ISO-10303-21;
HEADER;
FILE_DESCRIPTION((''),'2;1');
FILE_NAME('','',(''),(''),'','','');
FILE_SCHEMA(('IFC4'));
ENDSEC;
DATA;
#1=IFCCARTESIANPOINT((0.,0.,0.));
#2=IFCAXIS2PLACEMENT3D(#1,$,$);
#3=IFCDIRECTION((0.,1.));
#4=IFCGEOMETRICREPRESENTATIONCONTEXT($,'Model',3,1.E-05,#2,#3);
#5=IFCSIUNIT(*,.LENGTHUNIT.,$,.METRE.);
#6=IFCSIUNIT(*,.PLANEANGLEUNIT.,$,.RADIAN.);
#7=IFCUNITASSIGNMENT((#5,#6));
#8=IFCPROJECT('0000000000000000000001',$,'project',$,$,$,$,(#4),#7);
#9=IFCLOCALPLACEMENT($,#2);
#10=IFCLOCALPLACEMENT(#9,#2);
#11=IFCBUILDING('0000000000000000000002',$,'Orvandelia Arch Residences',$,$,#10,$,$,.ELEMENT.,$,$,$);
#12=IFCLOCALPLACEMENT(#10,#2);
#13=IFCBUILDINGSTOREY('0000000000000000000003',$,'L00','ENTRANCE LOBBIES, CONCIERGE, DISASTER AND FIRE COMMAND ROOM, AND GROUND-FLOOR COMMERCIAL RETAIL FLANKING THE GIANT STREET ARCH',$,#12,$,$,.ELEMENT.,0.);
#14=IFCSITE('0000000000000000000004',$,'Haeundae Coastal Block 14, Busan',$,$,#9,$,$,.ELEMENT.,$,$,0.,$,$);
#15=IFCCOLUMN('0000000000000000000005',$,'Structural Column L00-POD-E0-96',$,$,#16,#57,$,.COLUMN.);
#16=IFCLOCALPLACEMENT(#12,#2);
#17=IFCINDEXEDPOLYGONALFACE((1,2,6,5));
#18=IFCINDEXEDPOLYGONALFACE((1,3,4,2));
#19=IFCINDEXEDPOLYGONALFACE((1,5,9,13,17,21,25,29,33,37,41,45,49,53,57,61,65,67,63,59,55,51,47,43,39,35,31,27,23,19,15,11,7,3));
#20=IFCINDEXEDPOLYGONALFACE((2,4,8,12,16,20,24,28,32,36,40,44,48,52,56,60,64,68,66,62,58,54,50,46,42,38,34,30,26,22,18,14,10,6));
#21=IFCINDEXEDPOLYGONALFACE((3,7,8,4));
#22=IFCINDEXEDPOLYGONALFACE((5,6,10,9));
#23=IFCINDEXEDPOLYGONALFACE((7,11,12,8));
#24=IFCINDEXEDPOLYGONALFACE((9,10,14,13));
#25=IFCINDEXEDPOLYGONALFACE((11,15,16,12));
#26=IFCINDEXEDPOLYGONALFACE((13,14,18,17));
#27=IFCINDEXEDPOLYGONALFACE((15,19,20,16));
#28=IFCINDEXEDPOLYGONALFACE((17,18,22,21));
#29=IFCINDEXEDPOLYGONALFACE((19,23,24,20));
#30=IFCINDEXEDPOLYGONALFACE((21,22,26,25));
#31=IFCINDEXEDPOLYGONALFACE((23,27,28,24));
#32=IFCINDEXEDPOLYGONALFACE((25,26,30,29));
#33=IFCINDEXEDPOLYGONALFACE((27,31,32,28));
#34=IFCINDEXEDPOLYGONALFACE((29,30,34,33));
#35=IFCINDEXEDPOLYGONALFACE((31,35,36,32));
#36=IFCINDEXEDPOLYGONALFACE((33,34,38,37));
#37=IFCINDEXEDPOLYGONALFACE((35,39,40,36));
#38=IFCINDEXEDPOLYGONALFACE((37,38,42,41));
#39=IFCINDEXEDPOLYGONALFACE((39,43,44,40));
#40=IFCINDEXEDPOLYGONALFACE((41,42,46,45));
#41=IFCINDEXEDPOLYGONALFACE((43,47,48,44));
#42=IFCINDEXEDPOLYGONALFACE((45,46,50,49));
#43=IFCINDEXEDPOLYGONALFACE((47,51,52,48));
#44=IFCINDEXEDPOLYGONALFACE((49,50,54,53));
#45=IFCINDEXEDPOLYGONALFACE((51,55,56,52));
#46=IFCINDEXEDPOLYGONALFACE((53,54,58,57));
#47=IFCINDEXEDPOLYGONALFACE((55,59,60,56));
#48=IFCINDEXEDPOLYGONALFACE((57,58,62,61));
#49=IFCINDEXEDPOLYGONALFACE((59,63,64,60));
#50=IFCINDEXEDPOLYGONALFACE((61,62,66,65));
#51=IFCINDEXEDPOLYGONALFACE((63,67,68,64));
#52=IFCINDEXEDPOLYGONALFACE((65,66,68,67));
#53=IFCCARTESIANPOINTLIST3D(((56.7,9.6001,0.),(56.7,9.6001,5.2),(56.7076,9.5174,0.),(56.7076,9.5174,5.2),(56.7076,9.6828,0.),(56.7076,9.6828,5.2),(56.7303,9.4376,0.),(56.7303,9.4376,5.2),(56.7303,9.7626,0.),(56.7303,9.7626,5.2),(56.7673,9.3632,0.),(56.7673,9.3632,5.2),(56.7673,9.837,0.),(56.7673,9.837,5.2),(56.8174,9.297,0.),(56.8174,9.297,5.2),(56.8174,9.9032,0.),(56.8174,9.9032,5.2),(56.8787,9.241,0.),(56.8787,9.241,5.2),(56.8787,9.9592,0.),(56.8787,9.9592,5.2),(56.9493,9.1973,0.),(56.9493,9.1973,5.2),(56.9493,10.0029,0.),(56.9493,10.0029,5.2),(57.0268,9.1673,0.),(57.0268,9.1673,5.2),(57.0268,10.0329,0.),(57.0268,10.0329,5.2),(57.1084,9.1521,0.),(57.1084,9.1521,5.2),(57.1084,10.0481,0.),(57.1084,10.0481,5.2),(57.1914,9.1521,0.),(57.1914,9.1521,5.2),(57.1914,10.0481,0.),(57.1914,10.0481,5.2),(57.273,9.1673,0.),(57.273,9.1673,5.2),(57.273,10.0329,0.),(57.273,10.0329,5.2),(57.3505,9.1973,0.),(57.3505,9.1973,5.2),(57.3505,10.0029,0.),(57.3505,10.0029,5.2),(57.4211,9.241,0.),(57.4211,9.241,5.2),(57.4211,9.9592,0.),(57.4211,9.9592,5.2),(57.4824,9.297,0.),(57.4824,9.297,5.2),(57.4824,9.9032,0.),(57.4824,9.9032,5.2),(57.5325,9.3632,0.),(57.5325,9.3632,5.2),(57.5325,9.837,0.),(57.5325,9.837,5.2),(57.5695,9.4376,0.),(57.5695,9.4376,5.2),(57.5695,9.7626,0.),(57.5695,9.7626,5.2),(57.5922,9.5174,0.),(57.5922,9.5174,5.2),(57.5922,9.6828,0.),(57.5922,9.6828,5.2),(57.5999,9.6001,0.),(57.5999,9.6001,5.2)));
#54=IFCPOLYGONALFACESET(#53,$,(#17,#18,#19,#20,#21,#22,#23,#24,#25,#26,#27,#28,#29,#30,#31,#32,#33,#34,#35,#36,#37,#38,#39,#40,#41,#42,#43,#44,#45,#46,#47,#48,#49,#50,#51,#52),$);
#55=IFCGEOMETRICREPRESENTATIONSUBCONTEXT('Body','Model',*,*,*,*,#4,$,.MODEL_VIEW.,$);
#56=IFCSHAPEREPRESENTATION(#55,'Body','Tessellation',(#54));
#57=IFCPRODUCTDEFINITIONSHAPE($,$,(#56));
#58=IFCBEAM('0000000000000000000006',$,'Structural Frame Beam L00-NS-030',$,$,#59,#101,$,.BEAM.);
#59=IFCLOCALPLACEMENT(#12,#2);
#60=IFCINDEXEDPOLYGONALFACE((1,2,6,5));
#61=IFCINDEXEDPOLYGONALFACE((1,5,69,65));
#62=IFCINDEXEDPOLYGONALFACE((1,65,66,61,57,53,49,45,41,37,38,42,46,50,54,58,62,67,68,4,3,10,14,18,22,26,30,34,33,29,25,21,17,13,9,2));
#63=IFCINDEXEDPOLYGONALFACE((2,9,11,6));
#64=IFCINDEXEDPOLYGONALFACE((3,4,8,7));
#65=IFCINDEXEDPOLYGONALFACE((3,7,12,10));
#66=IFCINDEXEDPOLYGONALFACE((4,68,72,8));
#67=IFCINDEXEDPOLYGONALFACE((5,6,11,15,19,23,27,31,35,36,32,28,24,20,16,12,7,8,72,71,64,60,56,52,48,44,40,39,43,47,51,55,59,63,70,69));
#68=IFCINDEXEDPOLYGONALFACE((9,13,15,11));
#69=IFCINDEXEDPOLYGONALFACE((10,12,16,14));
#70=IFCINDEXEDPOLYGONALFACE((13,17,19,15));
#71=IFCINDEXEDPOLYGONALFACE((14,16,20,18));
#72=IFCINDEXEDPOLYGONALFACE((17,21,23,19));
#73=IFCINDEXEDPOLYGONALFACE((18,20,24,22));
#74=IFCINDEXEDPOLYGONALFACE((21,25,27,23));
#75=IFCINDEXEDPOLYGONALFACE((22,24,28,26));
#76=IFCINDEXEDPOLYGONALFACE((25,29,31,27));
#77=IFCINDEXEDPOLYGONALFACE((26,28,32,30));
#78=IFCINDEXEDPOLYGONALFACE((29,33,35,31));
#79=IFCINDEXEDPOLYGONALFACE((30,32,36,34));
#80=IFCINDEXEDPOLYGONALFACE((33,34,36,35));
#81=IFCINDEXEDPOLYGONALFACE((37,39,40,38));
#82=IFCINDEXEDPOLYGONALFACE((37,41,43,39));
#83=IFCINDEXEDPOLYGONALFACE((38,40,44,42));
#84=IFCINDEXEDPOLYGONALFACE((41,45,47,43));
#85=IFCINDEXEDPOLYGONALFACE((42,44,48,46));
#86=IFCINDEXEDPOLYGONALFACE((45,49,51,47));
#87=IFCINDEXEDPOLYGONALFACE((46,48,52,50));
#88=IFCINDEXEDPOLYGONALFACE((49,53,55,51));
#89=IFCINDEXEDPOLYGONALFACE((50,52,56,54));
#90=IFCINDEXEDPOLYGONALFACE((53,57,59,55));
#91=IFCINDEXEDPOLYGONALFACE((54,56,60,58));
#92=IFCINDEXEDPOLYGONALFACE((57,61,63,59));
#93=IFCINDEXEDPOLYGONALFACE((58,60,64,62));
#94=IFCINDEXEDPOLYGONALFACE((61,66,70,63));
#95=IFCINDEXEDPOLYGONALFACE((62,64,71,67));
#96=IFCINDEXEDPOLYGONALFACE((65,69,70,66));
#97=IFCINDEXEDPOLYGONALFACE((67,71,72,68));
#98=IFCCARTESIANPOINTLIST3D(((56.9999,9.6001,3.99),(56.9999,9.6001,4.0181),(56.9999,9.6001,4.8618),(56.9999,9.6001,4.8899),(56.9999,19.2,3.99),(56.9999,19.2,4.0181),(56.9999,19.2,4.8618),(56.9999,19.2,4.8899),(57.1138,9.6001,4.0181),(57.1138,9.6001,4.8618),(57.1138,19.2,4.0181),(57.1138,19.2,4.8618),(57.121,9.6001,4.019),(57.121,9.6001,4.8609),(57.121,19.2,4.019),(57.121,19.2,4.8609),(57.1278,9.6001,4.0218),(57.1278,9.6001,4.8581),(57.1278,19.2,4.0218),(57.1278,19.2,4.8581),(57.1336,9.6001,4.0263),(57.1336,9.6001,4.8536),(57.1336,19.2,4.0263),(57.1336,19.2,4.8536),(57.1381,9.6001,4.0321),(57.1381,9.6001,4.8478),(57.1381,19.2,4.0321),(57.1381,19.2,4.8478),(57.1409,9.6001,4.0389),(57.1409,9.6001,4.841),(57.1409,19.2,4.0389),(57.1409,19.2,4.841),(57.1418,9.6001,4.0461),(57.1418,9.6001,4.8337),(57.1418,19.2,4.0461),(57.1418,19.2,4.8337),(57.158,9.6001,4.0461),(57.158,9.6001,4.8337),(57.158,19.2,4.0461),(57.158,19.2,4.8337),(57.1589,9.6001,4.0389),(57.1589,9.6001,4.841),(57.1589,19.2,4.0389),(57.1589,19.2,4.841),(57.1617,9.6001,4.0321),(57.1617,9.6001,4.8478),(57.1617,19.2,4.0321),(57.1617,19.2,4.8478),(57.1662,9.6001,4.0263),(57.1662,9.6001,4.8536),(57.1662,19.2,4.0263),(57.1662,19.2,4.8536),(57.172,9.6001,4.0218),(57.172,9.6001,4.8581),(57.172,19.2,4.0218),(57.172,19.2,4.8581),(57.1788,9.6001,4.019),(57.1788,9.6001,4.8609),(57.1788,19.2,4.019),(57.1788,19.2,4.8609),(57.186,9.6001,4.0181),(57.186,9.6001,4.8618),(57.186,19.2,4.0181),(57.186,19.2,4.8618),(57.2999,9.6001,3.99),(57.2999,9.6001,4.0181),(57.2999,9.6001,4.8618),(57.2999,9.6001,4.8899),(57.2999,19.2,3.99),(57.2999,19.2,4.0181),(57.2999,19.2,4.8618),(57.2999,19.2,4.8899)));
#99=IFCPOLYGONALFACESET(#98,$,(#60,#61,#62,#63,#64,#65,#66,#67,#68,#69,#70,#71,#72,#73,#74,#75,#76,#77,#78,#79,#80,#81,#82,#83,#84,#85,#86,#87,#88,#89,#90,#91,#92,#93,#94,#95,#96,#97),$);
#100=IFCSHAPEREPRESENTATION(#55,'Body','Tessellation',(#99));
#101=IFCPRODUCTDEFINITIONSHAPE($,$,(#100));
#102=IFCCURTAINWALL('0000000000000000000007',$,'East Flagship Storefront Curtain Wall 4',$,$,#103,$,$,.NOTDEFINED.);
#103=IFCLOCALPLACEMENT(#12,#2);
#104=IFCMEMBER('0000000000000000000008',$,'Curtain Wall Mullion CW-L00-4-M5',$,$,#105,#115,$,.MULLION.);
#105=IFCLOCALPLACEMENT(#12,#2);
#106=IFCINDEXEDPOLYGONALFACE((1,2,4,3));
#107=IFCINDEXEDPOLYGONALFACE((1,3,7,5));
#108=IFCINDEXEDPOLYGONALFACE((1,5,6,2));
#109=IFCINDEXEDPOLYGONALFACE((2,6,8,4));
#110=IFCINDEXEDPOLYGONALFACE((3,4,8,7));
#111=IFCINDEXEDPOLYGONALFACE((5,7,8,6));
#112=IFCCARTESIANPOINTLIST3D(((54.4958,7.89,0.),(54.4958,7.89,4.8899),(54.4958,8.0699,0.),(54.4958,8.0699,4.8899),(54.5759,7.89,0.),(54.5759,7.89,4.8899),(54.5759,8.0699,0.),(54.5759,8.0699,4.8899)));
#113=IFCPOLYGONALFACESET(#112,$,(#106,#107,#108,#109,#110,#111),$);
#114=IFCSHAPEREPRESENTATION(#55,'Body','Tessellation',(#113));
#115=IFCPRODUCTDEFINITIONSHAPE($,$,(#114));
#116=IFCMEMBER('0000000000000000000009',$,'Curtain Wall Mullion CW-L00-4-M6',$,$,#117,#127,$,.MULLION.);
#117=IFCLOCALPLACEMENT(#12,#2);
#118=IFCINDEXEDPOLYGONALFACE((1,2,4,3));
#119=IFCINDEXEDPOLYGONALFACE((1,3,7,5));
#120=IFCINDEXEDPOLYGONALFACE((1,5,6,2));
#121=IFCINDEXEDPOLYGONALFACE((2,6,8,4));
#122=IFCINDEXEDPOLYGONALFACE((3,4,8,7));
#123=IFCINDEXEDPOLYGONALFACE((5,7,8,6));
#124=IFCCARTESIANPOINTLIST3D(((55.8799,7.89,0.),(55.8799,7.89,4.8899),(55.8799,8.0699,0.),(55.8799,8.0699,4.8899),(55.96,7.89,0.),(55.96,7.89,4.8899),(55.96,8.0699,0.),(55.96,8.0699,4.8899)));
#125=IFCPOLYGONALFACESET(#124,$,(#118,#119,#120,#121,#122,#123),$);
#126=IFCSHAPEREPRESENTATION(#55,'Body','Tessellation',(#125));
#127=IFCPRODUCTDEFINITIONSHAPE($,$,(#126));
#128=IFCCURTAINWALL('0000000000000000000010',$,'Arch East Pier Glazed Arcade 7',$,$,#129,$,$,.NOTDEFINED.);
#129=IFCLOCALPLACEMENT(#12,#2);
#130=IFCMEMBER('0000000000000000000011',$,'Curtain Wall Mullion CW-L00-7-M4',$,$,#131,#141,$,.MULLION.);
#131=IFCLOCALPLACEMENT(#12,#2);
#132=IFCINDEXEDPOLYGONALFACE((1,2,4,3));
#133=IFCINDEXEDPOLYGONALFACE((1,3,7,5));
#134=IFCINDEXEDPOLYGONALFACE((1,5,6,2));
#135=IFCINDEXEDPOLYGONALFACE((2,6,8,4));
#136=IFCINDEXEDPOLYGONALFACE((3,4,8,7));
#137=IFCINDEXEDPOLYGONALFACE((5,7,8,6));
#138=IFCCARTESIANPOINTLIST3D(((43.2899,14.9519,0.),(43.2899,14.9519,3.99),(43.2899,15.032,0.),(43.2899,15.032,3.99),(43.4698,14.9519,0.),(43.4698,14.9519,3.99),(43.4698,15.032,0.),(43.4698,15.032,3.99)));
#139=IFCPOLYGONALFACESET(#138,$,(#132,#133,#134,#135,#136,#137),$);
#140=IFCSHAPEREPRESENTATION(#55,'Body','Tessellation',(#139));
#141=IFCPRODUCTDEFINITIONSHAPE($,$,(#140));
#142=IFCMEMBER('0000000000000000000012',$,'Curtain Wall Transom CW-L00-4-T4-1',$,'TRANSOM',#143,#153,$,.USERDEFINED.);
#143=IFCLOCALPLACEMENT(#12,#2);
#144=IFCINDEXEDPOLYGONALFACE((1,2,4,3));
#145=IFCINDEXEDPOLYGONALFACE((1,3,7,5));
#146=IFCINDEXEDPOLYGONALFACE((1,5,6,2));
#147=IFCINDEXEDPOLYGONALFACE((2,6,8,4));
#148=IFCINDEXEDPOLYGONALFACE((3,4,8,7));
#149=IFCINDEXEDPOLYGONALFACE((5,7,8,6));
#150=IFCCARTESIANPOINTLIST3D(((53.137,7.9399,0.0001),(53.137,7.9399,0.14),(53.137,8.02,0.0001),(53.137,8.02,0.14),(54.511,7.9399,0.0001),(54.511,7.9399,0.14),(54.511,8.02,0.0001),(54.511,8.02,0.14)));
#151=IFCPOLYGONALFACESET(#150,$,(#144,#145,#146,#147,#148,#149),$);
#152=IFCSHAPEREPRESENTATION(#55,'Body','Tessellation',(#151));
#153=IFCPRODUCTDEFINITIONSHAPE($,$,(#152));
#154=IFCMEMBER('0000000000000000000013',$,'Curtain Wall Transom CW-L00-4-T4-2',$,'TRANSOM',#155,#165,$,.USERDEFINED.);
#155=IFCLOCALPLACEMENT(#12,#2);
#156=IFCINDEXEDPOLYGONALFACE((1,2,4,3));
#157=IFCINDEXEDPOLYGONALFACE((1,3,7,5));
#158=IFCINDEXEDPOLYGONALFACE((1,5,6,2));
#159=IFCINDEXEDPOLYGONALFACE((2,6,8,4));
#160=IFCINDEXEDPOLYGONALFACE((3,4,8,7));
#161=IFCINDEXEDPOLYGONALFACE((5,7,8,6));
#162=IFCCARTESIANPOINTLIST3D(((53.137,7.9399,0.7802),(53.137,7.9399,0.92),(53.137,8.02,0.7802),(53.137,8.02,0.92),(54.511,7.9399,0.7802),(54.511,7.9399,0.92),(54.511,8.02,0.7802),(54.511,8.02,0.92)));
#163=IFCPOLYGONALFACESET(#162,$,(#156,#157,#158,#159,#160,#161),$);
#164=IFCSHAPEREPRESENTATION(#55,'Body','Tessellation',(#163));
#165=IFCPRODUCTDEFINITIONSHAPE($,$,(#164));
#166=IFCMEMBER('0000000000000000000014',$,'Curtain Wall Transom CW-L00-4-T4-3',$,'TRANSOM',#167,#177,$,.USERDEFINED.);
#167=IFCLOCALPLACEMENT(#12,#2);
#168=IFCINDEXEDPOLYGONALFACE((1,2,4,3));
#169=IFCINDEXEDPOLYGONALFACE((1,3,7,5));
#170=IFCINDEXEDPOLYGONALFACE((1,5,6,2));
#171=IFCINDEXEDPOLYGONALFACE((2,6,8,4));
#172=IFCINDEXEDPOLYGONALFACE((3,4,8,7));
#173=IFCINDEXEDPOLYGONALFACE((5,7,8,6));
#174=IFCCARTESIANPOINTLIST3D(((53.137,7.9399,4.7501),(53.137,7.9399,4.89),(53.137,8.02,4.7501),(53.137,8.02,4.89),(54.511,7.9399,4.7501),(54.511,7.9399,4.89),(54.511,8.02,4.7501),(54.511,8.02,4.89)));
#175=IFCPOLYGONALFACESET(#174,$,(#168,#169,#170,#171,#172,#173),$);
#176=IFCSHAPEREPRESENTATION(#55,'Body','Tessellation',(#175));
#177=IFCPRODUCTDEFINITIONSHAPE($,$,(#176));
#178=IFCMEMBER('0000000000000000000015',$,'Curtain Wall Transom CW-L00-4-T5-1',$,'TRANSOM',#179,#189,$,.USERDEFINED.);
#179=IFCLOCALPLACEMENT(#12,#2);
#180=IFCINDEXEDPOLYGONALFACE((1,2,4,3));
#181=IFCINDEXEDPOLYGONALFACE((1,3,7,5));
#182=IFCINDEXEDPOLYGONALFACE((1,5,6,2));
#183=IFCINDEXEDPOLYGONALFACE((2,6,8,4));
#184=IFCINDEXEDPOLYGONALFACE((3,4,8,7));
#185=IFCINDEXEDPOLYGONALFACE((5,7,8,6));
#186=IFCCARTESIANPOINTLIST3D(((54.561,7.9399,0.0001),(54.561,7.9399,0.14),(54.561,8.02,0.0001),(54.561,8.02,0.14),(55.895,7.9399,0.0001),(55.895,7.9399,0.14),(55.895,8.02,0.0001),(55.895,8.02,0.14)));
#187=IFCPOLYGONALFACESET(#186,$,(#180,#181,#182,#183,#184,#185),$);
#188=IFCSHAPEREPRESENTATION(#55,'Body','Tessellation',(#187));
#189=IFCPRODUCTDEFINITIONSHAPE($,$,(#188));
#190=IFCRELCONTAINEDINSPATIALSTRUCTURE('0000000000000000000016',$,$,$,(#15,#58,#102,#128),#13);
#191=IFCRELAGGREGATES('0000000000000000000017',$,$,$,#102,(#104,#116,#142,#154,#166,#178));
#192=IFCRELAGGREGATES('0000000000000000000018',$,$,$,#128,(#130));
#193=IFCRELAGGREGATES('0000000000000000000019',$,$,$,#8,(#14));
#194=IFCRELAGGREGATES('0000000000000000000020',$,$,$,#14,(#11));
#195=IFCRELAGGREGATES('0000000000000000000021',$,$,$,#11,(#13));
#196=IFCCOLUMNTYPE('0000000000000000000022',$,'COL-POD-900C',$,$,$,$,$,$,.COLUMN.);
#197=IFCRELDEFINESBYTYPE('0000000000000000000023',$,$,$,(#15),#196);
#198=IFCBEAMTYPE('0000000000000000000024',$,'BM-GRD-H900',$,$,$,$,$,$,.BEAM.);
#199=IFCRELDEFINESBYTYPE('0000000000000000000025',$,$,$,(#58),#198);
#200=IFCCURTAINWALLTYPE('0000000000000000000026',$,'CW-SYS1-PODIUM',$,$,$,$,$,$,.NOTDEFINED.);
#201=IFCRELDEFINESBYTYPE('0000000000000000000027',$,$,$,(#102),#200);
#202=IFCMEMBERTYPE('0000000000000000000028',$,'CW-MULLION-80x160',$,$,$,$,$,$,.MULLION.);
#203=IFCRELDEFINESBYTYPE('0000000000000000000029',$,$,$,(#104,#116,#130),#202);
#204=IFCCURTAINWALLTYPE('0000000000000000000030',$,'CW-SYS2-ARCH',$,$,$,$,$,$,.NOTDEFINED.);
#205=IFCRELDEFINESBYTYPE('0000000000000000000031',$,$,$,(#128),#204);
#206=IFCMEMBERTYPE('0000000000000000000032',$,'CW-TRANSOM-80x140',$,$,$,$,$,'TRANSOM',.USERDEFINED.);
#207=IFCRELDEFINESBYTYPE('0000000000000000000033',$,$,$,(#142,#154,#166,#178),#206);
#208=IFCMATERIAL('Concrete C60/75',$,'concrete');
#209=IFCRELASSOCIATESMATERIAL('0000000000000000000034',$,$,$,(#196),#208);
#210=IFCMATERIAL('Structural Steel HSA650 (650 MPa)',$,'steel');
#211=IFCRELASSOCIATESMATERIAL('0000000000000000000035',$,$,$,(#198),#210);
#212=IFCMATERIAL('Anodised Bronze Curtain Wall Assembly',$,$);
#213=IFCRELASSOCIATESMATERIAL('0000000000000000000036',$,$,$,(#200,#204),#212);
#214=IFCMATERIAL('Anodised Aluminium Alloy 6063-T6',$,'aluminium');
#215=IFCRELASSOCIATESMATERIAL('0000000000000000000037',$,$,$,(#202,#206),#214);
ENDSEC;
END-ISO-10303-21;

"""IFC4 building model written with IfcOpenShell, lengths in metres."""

from ifc_helpers import new_model, si_unit, direction, frame, origin, origin_2d, place, context, subcontext, project, spatial, rectangle, circle, i_section, extrude, material, material_profile, profile_set, type_object, element, aggregate, save


model = new_model("IFC4")

# Units and contexts
model_context = context("Model", 3, precision=1e-05, world=origin(), true_north=direction((0.0, 1.0)))
body_context = subcontext(model_context, "Body", "Model", "MODEL_VIEW")
ifc_project = project(units=[si_unit("LENGTHUNIT", "METRE"), si_unit("PLANEANGLEUNIT", "RADIAN")], contexts=[model_context])

# Site, building, storey
site_placement = place(None, origin())
site = spatial("IfcSite", under=ifc_project, at=site_placement, Name="Haeundae Coastal Block 14, Busan", CompositionType="ELEMENT", RefElevation=0.0)
building_placement = place(site_placement, origin())
building = spatial("IfcBuilding", under=site, at=building_placement, Name="Orvandelia Arch Residences", CompositionType="ELEMENT")
storey_placement = place(building_placement, origin())
storey = spatial("IfcBuildingStorey", under=building, at=storey_placement, Name="L00", Description="ENTRANCE LOBBIES, CONCIERGE, DISASTER AND FIRE COMMAND ROOM, AND GROUND-FLOOR COMMERCIAL RETAIL FLANKING THE GIANT STREET ARCH", CompositionType="ELEMENT", Elevation=0.0)

# Column
ifc_material_1 = material(Name="Concrete C60/75", Category="concrete")
ifc_material_profile_1 = material_profile(ifc_material_1, circle(Radius=0.45, at=origin_2d()), Name="Concrete C60/75", Category="concrete")
ifc_profile_set_1 = profile_set([ifc_material_profile_1], Name="Concrete C60/75")
column_type = type_object("IfcColumnType", Name="COL-POD-900C", PredefinedType="COLUMN", material=ifc_profile_set_1)
column_placement = place(storey_placement, frame((57.1499, 9.6001, 0.0), z_axis=(0.0, 0.0, 1.0), x_axis=(1.0, 0.0, 0.0)))
element("IfcColumn", 1, at=column_placement, inside=storey, type_object=column_type, Name="Structural Column L00-POD-E0-96", PredefinedType="COLUMN", context=body_context, shape_type="SweptSolid", body=[
    extrude(circle(Radius=0.45, at=origin_2d()), origin(), (0.0, 0.0, 1.0), 5.2),
])

# Beam
ifc_material_2 = material(Name="Structural Steel HSA650 (650 MPa)", Category="steel")
ifc_material_profile_2 = material_profile(ifc_material_2, i_section(OverallWidth=0.3, OverallDepth=0.8999, WebThickness=0.0161, FlangeThickness=0.0281, FilletRadius=0.0281, at=origin_2d()), Name="Structural Steel HSA650 (650 MPa)", Category="steel")
ifc_profile_set_2 = profile_set([ifc_material_profile_2], Name="Structural Steel HSA650 (650 MPa)")
beam_type = type_object("IfcBeamType", Name="BM-GRD-H900", PredefinedType="BEAM", material=ifc_profile_set_2)
beam_placement = place(storey_placement, frame((57.1499, 9.6001, 4.4399), z_axis=(0.0, 1.0, 0.0), x_axis=(-1.0, 0.0, 0.0)))
element("IfcBeam", 2, at=beam_placement, inside=storey, type_object=beam_type, Name="Structural Frame Beam L00-NS-030", PredefinedType="BEAM", context=body_context, shape_type="SweptSolid", body=[
    extrude(i_section(OverallWidth=0.3, OverallDepth=0.8999, WebThickness=0.0161, FlangeThickness=0.0281, FilletRadius=0.0281, at=origin_2d()), origin(), (0.0, 0.0, 1.0), 9.5999),
])

# Curtain wall, members
ifc_material_3 = material(Name="Anodised Bronze Curtain Wall Assembly")
curtain_wall_type_1 = type_object("IfcCurtainWallType", Name="CW-SYS1-PODIUM", PredefinedType="NOTDEFINED", material=ifc_material_3)
curtain_wall_1_placement = place(storey_placement, origin())
curtain_wall_1 = element("IfcCurtainWall", 3, at=curtain_wall_1_placement, inside=storey, type_object=curtain_wall_type_1, Name="East Flagship Storefront Curtain Wall 4", PredefinedType="NOTDEFINED")
ifc_material_4 = material(Name="Anodised Aluminium Alloy 6063-T6", Category="aluminium")
ifc_material_profile_3 = material_profile(ifc_material_4, rectangle(XDim=0.0801, YDim=0.1799, at=origin_2d()), Name="Anodised Aluminium Alloy 6063-T6", Category="aluminium")
ifc_profile_set_3 = profile_set([ifc_material_profile_3], Name="Anodised Aluminium Alloy 6063-T6")
member_type_1 = type_object("IfcMemberType", Name="CW-MULLION-80x160", PredefinedType="MULLION", material=ifc_profile_set_3)
member_1_placement = place(storey_placement, frame((54.5359, 7.98, 0.0), z_axis=(0.0, 0.0, 1.0), x_axis=(1.0, 0.0, 0.0)))
member_1 = element("IfcMember", 4, at=member_1_placement, type_object=member_type_1, Name="Curtain Wall Mullion CW-L00-4-M5", PredefinedType="MULLION", context=body_context, shape_type="SweptSolid", body=[
    extrude(rectangle(XDim=0.0801, YDim=0.1799, at=origin_2d()), origin(), (0.0, 0.0, 1.0), 4.8899),
])
member_2_placement = place(storey_placement, frame((55.9199, 7.98, 0.0), z_axis=(0.0, 0.0, 1.0), x_axis=(1.0, 0.0, 0.0)))
member_2 = element("IfcMember", 5, at=member_2_placement, type_object=member_type_1, Name="Curtain Wall Mullion CW-L00-4-M6", PredefinedType="MULLION", context=body_context, shape_type="SweptSolid", body=[
    extrude(rectangle(XDim=0.0801, YDim=0.1799, at=origin_2d()), origin(), (0.0, 0.0, 1.0), 4.8899),
])

# Curtain wall, member
curtain_wall_type_2 = type_object("IfcCurtainWallType", Name="CW-SYS2-ARCH", PredefinedType="NOTDEFINED", material=ifc_material_3)
curtain_wall_2_placement = place(storey_placement, origin())
curtain_wall_2 = element("IfcCurtainWall", 6, at=curtain_wall_2_placement, inside=storey, type_object=curtain_wall_type_2, Name="Arch East Pier Glazed Arcade 7", PredefinedType="NOTDEFINED")
member_3_placement = place(storey_placement, frame((43.3799, 14.9919, 0.0), z_axis=(0.0, 0.0, 1.0), x_axis=(0.0, 1.0, 0.0)))
member_3 = element("IfcMember", 7, at=member_3_placement, type_object=member_type_1, Name="Curtain Wall Mullion CW-L00-7-M4", PredefinedType="MULLION", context=body_context, shape_type="SweptSolid", body=[
    extrude(rectangle(XDim=0.0801, YDim=0.1799, at=origin_2d()), origin(), (0.0, 0.0, 1.0), 3.99),
])

# Members
ifc_material_profile_4 = material_profile(ifc_material_4, rectangle(XDim=0.0801, YDim=0.1399, at=origin_2d()), Name="Anodised Aluminium Alloy 6063-T6", Category="aluminium")
ifc_profile_set_4 = profile_set([ifc_material_profile_4], Name="Anodised Aluminium Alloy 6063-T6")
member_type_2 = type_object("IfcMemberType", Name="CW-TRANSOM-80x140", ElementType="TRANSOM", PredefinedType="USERDEFINED", material=ifc_profile_set_4)
member_4_placement = place(storey_placement, frame((53.137, 7.98, 0.0701), z_axis=(1.0, 0.0, 0.0), x_axis=(0.0, 1.0, 0.0)))
member_4 = element("IfcMember", 8, at=member_4_placement, type_object=member_type_2, Name="Curtain Wall Transom CW-L00-4-T4-1", ObjectType="TRANSOM", PredefinedType="USERDEFINED", context=body_context, shape_type="SweptSolid", body=[
    extrude(rectangle(XDim=0.0801, YDim=0.1399, at=origin_2d()), origin(), (0.0, 0.0, 1.0), 1.374),
])
member_5_placement = place(storey_placement, frame((53.137, 7.98, 0.8501), z_axis=(1.0, 0.0, 0.0), x_axis=(0.0, 1.0, 0.0)))
member_5 = element("IfcMember", 9, at=member_5_placement, type_object=member_type_2, Name="Curtain Wall Transom CW-L00-4-T4-2", ObjectType="TRANSOM", PredefinedType="USERDEFINED", context=body_context, shape_type="SweptSolid", body=[
    extrude(rectangle(XDim=0.0801, YDim=0.1399, at=origin_2d()), origin(), (0.0, 0.0, 1.0), 1.374),
])
member_6_placement = place(storey_placement, frame((53.137, 7.98, 4.8201), z_axis=(1.0, 0.0, 0.0), x_axis=(0.0, 1.0, 0.0)))
member_6 = element("IfcMember", 10, at=member_6_placement, type_object=member_type_2, Name="Curtain Wall Transom CW-L00-4-T4-3", ObjectType="TRANSOM", PredefinedType="USERDEFINED", context=body_context, shape_type="SweptSolid", body=[
    extrude(rectangle(XDim=0.0801, YDim=0.1399, at=origin_2d()), origin(), (0.0, 0.0, 1.0), 1.374),
])
member_7_placement = place(storey_placement, frame((54.561, 7.98, 0.0701), z_axis=(1.0, 0.0, 0.0), x_axis=(0.0, 1.0, 0.0)))
member_7 = element("IfcMember", 11, at=member_7_placement, type_object=member_type_2, Name="Curtain Wall Transom CW-L00-4-T5-1", ObjectType="TRANSOM", PredefinedType="USERDEFINED", context=body_context, shape_type="SweptSolid", body=[
    extrude(rectangle(XDim=0.0801, YDim=0.1399, at=origin_2d()), origin(), (0.0, 0.0, 1.0), 1.334),
])

aggregate(curtain_wall_1, [member_1, member_2, member_4, member_5, member_6, member_7])
aggregate(curtain_wall_2, [member_3])

save(model, "model.ifc")
